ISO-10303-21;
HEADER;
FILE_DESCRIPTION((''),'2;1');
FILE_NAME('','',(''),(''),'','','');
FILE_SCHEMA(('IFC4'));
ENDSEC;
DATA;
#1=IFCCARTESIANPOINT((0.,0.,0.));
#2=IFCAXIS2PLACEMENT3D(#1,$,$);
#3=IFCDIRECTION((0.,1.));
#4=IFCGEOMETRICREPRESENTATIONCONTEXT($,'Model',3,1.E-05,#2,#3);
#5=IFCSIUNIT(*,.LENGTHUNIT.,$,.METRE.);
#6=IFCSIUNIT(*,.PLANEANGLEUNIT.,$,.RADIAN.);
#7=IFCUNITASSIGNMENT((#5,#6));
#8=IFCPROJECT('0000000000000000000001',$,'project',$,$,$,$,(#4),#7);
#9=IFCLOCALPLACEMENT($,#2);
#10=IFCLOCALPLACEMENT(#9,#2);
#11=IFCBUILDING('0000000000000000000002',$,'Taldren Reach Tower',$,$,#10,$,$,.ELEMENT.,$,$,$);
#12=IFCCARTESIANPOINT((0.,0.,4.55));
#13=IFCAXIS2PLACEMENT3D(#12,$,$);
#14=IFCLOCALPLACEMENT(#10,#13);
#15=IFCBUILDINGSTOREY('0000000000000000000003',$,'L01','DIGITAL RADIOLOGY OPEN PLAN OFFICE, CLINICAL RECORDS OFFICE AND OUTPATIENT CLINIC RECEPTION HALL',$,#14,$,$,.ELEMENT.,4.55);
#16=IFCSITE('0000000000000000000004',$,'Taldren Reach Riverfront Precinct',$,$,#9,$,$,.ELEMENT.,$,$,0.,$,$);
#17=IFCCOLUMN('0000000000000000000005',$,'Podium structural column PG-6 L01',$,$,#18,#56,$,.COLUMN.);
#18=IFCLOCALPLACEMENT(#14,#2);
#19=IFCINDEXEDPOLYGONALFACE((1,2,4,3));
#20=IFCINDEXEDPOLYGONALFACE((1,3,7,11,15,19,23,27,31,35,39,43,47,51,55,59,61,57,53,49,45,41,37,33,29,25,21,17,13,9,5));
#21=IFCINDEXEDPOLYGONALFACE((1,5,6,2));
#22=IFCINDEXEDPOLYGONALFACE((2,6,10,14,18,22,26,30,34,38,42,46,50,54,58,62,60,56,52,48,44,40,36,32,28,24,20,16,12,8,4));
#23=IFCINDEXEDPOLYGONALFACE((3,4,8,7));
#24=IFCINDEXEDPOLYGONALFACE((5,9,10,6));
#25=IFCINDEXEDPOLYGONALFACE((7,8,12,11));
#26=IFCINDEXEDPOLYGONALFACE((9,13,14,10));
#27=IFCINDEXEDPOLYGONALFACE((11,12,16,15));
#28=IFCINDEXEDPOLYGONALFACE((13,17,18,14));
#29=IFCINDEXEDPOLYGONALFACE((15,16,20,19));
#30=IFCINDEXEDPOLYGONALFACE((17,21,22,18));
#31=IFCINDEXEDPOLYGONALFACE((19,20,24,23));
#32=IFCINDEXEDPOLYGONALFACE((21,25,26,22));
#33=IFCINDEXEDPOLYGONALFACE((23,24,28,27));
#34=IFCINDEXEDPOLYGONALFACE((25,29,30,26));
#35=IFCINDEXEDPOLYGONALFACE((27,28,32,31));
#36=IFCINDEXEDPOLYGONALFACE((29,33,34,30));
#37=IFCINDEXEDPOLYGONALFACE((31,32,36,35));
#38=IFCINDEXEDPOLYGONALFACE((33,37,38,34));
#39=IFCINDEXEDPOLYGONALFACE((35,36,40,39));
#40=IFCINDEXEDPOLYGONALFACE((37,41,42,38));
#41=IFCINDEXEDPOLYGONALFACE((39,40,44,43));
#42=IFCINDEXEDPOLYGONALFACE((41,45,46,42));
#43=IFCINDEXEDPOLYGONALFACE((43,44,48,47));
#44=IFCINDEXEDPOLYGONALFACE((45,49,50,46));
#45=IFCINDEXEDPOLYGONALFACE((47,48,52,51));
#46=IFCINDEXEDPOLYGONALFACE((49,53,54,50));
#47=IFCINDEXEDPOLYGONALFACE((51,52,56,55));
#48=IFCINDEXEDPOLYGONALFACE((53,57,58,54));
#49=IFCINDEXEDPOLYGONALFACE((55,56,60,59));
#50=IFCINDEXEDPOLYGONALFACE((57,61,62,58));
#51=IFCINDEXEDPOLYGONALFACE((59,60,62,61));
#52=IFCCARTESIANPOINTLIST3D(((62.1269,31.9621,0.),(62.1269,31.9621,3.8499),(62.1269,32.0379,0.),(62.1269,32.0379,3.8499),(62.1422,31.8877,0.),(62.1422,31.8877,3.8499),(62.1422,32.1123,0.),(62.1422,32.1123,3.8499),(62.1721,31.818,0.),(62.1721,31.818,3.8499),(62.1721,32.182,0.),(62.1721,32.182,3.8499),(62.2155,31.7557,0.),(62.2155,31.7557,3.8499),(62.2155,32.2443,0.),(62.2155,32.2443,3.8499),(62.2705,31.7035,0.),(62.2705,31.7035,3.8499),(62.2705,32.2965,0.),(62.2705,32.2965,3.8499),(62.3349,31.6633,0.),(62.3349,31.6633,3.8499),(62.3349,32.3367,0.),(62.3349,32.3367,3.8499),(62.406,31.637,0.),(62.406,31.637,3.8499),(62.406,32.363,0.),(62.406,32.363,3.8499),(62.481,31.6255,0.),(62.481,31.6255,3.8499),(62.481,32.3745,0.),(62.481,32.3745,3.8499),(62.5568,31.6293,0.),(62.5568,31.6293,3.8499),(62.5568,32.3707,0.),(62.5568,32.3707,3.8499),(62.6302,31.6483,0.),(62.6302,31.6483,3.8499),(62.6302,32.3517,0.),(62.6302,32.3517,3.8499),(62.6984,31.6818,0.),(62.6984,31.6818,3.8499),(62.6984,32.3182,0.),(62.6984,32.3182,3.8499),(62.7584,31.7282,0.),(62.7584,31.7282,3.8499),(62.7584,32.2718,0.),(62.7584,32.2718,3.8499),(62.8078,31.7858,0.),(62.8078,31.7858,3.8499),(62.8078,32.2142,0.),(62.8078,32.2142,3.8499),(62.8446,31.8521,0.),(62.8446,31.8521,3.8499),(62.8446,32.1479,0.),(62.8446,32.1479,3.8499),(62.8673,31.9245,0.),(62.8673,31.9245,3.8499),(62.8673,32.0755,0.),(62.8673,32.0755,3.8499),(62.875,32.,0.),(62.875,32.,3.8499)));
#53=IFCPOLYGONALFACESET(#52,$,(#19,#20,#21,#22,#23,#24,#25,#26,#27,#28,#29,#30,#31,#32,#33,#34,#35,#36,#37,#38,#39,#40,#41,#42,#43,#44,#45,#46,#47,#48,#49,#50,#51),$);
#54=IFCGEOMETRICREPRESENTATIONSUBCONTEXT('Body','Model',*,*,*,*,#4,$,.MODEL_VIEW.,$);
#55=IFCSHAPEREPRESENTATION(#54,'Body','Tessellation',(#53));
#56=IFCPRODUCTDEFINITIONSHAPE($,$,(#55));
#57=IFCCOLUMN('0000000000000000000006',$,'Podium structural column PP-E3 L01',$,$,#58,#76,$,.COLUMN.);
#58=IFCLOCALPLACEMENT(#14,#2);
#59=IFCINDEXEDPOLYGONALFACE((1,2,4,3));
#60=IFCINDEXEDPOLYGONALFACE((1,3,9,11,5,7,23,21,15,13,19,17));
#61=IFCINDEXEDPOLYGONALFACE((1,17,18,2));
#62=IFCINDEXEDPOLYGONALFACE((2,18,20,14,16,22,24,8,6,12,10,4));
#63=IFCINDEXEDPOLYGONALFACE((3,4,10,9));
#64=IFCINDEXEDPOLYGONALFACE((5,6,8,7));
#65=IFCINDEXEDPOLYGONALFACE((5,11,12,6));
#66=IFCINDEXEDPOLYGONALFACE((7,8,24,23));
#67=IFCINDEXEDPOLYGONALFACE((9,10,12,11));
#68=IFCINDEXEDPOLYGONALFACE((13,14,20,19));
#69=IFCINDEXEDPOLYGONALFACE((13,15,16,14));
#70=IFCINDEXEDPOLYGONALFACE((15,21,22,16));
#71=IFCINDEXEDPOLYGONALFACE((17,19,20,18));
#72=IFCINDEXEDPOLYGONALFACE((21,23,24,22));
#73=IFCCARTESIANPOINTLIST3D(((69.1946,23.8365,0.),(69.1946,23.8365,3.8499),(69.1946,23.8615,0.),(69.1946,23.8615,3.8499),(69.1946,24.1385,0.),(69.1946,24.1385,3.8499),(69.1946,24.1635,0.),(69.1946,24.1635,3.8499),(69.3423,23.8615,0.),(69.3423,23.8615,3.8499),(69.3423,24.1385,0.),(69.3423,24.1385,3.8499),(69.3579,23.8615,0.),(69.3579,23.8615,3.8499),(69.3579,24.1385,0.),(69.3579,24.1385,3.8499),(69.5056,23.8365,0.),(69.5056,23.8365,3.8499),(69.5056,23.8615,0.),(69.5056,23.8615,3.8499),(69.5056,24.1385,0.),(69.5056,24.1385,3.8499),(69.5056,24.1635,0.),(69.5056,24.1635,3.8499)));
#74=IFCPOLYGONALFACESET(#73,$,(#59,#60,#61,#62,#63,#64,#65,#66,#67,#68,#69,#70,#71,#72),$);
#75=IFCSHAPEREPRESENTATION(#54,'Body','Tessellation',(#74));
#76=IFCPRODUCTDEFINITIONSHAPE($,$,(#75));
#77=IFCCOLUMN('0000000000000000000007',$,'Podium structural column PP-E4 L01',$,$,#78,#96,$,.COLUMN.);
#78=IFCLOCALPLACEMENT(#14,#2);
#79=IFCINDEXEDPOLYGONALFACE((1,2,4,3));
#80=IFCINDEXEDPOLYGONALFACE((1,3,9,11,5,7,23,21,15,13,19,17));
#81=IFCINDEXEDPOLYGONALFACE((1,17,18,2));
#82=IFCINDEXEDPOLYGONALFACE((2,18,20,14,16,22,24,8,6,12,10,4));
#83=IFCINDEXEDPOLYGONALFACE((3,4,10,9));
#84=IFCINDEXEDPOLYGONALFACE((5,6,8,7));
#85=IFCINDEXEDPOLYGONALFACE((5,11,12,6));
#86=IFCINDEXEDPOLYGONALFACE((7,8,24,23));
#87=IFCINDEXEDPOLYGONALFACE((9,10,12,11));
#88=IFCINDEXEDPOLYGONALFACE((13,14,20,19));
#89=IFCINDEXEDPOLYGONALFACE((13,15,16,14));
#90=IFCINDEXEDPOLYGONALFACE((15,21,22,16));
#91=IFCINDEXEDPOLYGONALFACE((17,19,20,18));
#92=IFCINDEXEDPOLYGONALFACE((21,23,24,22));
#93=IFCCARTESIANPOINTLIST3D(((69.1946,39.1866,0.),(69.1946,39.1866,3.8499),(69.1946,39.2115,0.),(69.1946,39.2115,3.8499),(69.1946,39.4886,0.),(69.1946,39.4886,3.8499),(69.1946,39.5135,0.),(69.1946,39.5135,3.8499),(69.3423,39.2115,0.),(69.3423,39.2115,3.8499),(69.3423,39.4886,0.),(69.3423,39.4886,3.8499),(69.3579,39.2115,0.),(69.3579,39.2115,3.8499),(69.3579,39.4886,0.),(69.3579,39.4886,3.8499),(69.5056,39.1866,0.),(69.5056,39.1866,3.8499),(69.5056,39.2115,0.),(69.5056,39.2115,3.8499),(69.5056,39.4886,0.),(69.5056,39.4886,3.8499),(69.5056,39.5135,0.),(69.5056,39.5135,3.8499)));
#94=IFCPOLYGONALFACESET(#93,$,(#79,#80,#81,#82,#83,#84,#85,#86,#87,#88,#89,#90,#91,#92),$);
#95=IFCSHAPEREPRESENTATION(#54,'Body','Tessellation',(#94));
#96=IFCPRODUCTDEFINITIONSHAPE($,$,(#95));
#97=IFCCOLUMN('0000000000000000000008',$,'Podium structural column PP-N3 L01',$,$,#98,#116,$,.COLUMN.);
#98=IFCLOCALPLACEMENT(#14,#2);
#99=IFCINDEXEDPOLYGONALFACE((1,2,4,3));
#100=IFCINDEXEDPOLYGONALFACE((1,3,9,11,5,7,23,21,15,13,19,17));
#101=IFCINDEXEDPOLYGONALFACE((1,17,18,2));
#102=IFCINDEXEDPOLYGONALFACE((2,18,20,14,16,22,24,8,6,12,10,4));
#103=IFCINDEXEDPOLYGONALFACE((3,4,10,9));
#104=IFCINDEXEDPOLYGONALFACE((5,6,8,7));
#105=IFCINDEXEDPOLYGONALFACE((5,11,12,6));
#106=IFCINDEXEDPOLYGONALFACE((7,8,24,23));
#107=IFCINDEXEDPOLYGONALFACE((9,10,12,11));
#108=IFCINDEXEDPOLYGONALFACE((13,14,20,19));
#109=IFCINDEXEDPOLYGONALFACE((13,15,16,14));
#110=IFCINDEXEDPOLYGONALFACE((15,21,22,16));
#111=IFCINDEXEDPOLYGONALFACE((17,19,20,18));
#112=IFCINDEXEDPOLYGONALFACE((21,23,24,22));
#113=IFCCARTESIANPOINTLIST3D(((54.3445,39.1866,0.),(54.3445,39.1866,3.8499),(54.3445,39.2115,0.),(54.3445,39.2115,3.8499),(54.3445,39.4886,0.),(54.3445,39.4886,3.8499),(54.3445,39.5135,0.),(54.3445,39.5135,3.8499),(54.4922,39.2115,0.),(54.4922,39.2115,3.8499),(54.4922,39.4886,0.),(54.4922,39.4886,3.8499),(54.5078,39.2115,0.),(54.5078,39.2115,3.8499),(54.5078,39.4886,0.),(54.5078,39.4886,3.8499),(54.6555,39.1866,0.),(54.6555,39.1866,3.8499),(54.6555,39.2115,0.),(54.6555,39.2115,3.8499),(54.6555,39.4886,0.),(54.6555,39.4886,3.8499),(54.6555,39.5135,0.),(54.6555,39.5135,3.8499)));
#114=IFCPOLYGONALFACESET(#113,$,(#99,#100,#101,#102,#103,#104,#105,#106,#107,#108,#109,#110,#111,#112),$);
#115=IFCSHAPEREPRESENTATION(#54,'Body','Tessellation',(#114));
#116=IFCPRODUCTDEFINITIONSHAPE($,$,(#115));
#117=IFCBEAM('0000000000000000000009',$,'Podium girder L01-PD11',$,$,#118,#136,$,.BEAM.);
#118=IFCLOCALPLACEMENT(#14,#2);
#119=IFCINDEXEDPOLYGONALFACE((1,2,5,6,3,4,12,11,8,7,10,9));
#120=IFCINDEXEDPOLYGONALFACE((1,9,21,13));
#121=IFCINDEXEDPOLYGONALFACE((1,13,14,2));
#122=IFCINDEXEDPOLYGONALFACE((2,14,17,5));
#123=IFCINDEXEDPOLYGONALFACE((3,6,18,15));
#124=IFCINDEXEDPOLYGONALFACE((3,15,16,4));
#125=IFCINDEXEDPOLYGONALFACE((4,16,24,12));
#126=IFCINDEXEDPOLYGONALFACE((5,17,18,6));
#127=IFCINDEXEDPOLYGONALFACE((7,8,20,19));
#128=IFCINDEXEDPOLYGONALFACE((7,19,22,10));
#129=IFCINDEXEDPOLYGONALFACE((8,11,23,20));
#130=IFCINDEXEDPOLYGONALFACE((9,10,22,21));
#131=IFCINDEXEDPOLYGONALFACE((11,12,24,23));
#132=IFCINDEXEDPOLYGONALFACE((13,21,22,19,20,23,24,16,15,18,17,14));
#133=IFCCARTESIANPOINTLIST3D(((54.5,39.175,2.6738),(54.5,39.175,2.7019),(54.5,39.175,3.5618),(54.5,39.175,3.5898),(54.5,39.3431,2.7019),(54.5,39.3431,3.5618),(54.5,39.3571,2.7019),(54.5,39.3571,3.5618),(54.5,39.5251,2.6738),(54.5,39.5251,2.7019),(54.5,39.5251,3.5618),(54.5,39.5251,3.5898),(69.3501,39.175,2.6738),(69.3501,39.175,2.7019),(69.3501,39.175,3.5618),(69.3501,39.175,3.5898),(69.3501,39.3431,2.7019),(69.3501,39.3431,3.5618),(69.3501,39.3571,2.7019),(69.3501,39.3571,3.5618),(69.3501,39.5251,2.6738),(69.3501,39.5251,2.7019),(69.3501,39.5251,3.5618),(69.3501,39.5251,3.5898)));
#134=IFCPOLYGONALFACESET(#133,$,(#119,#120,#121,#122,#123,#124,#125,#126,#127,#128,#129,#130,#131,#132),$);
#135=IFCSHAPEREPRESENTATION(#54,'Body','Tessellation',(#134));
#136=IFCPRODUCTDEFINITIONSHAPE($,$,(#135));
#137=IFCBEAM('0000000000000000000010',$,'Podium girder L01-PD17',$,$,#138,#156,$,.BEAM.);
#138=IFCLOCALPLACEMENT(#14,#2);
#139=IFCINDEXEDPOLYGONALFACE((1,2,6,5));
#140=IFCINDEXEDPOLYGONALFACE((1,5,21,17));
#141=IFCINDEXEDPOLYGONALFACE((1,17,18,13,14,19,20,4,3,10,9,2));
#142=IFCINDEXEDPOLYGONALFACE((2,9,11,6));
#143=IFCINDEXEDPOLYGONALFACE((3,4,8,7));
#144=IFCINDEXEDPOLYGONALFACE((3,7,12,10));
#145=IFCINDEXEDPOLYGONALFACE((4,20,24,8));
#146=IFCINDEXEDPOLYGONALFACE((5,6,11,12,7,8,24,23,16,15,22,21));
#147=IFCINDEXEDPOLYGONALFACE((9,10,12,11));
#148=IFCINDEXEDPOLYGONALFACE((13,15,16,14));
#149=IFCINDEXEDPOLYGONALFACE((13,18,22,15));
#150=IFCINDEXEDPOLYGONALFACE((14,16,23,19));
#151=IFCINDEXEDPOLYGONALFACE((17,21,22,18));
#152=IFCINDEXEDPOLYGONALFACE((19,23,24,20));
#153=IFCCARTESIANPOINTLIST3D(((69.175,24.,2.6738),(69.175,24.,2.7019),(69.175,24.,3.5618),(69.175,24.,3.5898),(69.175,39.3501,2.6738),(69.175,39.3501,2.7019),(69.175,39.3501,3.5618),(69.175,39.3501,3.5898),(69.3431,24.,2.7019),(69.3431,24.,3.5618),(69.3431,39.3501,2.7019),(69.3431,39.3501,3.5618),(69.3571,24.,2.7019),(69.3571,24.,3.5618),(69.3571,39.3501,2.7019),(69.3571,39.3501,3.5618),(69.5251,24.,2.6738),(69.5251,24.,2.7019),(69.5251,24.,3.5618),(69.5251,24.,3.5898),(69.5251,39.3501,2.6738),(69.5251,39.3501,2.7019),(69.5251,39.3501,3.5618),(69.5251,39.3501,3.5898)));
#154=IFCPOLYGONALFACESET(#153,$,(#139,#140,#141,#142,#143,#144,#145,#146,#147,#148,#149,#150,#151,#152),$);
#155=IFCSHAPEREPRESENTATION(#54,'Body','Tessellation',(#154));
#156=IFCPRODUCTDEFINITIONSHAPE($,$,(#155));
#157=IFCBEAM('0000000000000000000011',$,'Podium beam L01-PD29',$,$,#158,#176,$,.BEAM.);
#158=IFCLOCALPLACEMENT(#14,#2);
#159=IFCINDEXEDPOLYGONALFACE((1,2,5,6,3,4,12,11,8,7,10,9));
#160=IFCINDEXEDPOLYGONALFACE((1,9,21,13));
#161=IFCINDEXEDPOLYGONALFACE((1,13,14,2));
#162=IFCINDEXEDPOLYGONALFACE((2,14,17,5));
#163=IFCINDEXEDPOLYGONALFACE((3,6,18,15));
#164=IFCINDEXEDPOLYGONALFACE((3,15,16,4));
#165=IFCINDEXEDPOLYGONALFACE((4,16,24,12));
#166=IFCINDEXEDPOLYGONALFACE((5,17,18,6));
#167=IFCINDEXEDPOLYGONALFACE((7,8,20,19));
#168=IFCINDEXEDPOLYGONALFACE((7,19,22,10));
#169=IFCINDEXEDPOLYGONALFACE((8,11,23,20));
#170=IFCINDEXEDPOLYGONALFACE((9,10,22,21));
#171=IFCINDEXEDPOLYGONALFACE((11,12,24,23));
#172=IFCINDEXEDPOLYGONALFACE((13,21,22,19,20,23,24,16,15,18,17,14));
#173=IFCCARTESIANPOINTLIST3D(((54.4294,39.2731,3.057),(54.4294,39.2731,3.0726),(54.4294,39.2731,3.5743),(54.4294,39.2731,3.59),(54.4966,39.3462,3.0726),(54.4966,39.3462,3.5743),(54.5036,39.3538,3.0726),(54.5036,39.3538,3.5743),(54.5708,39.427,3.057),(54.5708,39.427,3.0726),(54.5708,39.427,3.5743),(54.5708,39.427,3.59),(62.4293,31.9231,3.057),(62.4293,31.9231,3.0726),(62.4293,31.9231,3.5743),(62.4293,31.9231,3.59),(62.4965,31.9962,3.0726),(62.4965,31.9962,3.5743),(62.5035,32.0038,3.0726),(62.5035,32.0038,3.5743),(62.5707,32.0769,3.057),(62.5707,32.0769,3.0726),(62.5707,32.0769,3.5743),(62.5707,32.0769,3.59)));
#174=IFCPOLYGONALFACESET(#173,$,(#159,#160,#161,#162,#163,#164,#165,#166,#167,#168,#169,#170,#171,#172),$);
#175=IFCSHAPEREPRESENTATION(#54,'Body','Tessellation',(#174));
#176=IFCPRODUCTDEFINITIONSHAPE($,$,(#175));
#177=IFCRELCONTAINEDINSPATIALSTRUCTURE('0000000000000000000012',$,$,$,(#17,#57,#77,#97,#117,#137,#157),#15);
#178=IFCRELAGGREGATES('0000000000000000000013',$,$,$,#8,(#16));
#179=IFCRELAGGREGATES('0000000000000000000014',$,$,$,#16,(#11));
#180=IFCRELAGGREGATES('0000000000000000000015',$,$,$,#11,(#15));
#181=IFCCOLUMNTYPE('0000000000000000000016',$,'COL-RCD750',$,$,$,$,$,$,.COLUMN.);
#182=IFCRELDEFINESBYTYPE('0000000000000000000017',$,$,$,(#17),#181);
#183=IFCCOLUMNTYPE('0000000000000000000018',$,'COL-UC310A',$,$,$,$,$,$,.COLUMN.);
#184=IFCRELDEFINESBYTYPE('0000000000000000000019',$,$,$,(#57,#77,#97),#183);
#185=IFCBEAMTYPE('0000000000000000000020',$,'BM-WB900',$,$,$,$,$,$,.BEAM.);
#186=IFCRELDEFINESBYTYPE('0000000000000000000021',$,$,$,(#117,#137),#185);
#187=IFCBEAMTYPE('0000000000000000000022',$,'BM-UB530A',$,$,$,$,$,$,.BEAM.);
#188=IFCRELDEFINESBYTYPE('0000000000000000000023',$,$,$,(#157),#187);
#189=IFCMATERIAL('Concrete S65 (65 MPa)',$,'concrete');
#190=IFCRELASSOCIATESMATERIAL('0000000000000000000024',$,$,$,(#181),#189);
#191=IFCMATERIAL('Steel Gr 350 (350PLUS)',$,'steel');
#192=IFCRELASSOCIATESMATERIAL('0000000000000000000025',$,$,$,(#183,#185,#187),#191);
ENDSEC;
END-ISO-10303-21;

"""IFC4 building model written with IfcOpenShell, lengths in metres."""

from ifc_helpers import new_model, si_unit, direction, frame, origin, origin_2d, place, context, subcontext, project, spatial, circle, i_section, extrude, source, transform, mapped, material, material_profile, profile_set, type_object, element, save


model = new_model("IFC4")

# Units and contexts
model_context = context("Model", 3, precision=1e-05, world=origin(), true_north=direction((0.0, 1.0)))
body_context = subcontext(model_context, "Body", "Model", "MODEL_VIEW")
ifc_project = project(units=[si_unit("LENGTHUNIT", "METRE"), si_unit("PLANEANGLEUNIT", "RADIAN")], contexts=[model_context])

# Site, building, storey
site_placement = place(None, origin())
site = spatial("IfcSite", under=ifc_project, at=site_placement, Name="Taldren Reach Riverfront Precinct", CompositionType="ELEMENT", RefElevation=0.0)
building_placement = place(site_placement, origin())
building = spatial("IfcBuilding", under=site, at=building_placement, Name="Taldren Reach Tower", CompositionType="ELEMENT")
storey_placement = place(building_placement, frame((0.0, 0.0, 4.55)))
storey = spatial("IfcBuildingStorey", under=building, at=storey_placement, Name="L01", Description="DIGITAL RADIOLOGY OPEN PLAN OFFICE, CLINICAL RECORDS OFFICE AND OUTPATIENT CLINIC RECEPTION HALL", CompositionType="ELEMENT", Elevation=4.55)

# Columns
ifc_material_1 = material(Name="Concrete S65 (65 MPa)", Category="concrete")
ifc_material_profile_1 = material_profile(ifc_material_1, circle(Radius=0.375, at=origin_2d()), Name="RC-750D")
ifc_profile_set_1 = profile_set([ifc_material_profile_1], Name="Concrete S65 (65 MPa)")
column_type_1 = type_object("IfcColumnType", Name="COL-RCD750", PredefinedType="COLUMN", material=ifc_profile_set_1)
shared_shape_1 = source(origin(), body_context, "Body", "SweptSolid", [
    extrude(circle(Radius=0.375, at=origin_2d()), origin(), (0.0, 0.0, 1.0), 3.8499),
])
column_placement = place(storey_placement, frame((62.5, 32.0, 0.0), z_axis=(0.0, 0.0, 1.0), x_axis=(1.0, 0.0, 0.0)))
element("IfcColumn", 1, at=column_placement, inside=storey, type_object=column_type_1, Name="Podium structural column PG-6 L01", PredefinedType="COLUMN", context=body_context, shape_type="MappedRepresentation", body=[
    mapped(shared_shape_1, transform((0.0, 0.0, 0.0), scale=1.0)),
])
ifc_material_2 = material(Name="Steel Gr 350 (350PLUS)", Category="steel")
ifc_material_profile_2 = material_profile(ifc_material_2, i_section(OverallWidth=0.311, OverallDepth=0.3269, WebThickness=0.0156, FlangeThickness=0.0249, at=origin_2d()), Name="310UC158")
ifc_profile_set_2 = profile_set([ifc_material_profile_2], Name="Steel Gr 350 (350PLUS)")
column_type_2 = type_object("IfcColumnType", Name="COL-UC310A", PredefinedType="COLUMN", material=ifc_profile_set_2)
shared_shape_2 = source(origin(), body_context, "Body", "SweptSolid", [
    extrude(i_section(OverallWidth=0.311, OverallDepth=0.3269, WebThickness=0.0156, FlangeThickness=0.0249, at=origin_2d()), origin(), (0.0, 0.0, 1.0), 3.8499),
])
for number, where, z_axis, x_axis, name in (
    (2, (69.3501, 24.0, 0.0), (0.0, 0.0, 1.0), (1.0, 0.0, 0.0), "Podium structural column PP-E3 L01"),
    (3, (69.3501, 39.3501, 0.0), (0.0, 0.0, 1.0), (1.0, 0.0, 0.0), "Podium structural column PP-E4 L01"),
    (4, (54.5, 39.3501, 0.0), (0.0, 0.0, 1.0), (1.0, 0.0, 0.0), "Podium structural column PP-N3 L01"),
):
    element("IfcColumn", number, at=place(storey_placement, frame(where, z_axis=z_axis, x_axis=x_axis)), inside=storey, type_object=column_type_2, Name=name, PredefinedType="COLUMN", context=body_context, shape_type="MappedRepresentation", body=[
        mapped(shared_shape_2, transform((0.0, 0.0, 0.0), scale=1.0)),
    ])

# Beams
ifc_material_profile_3 = material_profile(ifc_material_2, i_section(OverallWidth=0.3501, OverallDepth=0.916, WebThickness=0.0139, FlangeThickness=0.0281, at=origin_2d()), Name="900WB257")
ifc_profile_set_3 = profile_set([ifc_material_profile_3], Name="Steel Gr 350 (350PLUS)")
beam_type_1 = type_object("IfcBeamType", Name="BM-WB900", PredefinedType="BEAM", material=ifc_profile_set_3)
shared_shape_3 = source(origin(), body_context, "Body", "SweptSolid", [
    extrude(i_section(OverallWidth=0.3501, OverallDepth=0.916, WebThickness=0.0139, FlangeThickness=0.0281, at=origin_2d()), origin(), (0.0, 0.0, 1.0), 14.8501),
])
beam_1_placement = place(storey_placement, frame((54.5, 39.3501, 3.1318), z_axis=(1.0, 0.0, 0.0), x_axis=(0.0, 1.0, 0.0)))
element("IfcBeam", 5, at=beam_1_placement, inside=storey, type_object=beam_type_1, Name="Podium girder L01-PD11", PredefinedType="BEAM", context=body_context, shape_type="MappedRepresentation", body=[
    mapped(shared_shape_3, transform((0.0, 0.0, 0.0), scale=1.0)),
])
shared_shape_4 = source(origin(), body_context, "Body", "SweptSolid", [
    extrude(i_section(OverallWidth=0.3501, OverallDepth=0.916, WebThickness=0.0139, FlangeThickness=0.0281, at=origin_2d()), origin(), (0.0, 0.0, 1.0), 15.3501),
])
beam_2_placement = place(storey_placement, frame((69.3501, 24.0, 3.1318), z_axis=(0.0, 1.0, 0.0), x_axis=(-1.0, 0.0, 0.0)))
element("IfcBeam", 6, at=beam_2_placement, inside=storey, type_object=beam_type_1, Name="Podium girder L01-PD17", PredefinedType="BEAM", context=body_context, shape_type="MappedRepresentation", body=[
    mapped(shared_shape_4, transform((0.0, 0.0, 0.0), scale=1.0)),
])
ifc_material_profile_4 = material_profile(ifc_material_2, i_section(OverallWidth=0.209, OverallDepth=0.533, WebThickness=0.0103, FlangeThickness=0.0156, at=origin_2d()), Name="530UB92.4")
ifc_profile_set_4 = profile_set([ifc_material_profile_4], Name="Steel Gr 350 (350PLUS)")
beam_type_2 = type_object("IfcBeamType", Name="BM-UB530A", PredefinedType="BEAM", material=ifc_profile_set_4)
shared_shape_5 = source(origin(), body_context, "Body", "SweptSolid", [
    extrude(i_section(OverallWidth=0.209, OverallDepth=0.533, WebThickness=0.0103, FlangeThickness=0.0156, at=origin_2d()), origin(), (0.0, 0.0, 1.0), 10.8638),
])
beam_3_placement = place(storey_placement, frame((62.5, 32.0, 3.3235), z_axis=(-0.736385, 0.676563, 0.0), x_axis=(-0.676563, -0.736385, 0.0)))
element("IfcBeam", 7, at=beam_3_placement, inside=storey, type_object=beam_type_2, Name="Podium beam L01-PD29", PredefinedType="BEAM", context=body_context, shape_type="MappedRepresentation", body=[
    mapped(shared_shape_5, transform((0.0, 0.0, 0.0), scale=1.0)),
])

save(model, "model.ifc")
